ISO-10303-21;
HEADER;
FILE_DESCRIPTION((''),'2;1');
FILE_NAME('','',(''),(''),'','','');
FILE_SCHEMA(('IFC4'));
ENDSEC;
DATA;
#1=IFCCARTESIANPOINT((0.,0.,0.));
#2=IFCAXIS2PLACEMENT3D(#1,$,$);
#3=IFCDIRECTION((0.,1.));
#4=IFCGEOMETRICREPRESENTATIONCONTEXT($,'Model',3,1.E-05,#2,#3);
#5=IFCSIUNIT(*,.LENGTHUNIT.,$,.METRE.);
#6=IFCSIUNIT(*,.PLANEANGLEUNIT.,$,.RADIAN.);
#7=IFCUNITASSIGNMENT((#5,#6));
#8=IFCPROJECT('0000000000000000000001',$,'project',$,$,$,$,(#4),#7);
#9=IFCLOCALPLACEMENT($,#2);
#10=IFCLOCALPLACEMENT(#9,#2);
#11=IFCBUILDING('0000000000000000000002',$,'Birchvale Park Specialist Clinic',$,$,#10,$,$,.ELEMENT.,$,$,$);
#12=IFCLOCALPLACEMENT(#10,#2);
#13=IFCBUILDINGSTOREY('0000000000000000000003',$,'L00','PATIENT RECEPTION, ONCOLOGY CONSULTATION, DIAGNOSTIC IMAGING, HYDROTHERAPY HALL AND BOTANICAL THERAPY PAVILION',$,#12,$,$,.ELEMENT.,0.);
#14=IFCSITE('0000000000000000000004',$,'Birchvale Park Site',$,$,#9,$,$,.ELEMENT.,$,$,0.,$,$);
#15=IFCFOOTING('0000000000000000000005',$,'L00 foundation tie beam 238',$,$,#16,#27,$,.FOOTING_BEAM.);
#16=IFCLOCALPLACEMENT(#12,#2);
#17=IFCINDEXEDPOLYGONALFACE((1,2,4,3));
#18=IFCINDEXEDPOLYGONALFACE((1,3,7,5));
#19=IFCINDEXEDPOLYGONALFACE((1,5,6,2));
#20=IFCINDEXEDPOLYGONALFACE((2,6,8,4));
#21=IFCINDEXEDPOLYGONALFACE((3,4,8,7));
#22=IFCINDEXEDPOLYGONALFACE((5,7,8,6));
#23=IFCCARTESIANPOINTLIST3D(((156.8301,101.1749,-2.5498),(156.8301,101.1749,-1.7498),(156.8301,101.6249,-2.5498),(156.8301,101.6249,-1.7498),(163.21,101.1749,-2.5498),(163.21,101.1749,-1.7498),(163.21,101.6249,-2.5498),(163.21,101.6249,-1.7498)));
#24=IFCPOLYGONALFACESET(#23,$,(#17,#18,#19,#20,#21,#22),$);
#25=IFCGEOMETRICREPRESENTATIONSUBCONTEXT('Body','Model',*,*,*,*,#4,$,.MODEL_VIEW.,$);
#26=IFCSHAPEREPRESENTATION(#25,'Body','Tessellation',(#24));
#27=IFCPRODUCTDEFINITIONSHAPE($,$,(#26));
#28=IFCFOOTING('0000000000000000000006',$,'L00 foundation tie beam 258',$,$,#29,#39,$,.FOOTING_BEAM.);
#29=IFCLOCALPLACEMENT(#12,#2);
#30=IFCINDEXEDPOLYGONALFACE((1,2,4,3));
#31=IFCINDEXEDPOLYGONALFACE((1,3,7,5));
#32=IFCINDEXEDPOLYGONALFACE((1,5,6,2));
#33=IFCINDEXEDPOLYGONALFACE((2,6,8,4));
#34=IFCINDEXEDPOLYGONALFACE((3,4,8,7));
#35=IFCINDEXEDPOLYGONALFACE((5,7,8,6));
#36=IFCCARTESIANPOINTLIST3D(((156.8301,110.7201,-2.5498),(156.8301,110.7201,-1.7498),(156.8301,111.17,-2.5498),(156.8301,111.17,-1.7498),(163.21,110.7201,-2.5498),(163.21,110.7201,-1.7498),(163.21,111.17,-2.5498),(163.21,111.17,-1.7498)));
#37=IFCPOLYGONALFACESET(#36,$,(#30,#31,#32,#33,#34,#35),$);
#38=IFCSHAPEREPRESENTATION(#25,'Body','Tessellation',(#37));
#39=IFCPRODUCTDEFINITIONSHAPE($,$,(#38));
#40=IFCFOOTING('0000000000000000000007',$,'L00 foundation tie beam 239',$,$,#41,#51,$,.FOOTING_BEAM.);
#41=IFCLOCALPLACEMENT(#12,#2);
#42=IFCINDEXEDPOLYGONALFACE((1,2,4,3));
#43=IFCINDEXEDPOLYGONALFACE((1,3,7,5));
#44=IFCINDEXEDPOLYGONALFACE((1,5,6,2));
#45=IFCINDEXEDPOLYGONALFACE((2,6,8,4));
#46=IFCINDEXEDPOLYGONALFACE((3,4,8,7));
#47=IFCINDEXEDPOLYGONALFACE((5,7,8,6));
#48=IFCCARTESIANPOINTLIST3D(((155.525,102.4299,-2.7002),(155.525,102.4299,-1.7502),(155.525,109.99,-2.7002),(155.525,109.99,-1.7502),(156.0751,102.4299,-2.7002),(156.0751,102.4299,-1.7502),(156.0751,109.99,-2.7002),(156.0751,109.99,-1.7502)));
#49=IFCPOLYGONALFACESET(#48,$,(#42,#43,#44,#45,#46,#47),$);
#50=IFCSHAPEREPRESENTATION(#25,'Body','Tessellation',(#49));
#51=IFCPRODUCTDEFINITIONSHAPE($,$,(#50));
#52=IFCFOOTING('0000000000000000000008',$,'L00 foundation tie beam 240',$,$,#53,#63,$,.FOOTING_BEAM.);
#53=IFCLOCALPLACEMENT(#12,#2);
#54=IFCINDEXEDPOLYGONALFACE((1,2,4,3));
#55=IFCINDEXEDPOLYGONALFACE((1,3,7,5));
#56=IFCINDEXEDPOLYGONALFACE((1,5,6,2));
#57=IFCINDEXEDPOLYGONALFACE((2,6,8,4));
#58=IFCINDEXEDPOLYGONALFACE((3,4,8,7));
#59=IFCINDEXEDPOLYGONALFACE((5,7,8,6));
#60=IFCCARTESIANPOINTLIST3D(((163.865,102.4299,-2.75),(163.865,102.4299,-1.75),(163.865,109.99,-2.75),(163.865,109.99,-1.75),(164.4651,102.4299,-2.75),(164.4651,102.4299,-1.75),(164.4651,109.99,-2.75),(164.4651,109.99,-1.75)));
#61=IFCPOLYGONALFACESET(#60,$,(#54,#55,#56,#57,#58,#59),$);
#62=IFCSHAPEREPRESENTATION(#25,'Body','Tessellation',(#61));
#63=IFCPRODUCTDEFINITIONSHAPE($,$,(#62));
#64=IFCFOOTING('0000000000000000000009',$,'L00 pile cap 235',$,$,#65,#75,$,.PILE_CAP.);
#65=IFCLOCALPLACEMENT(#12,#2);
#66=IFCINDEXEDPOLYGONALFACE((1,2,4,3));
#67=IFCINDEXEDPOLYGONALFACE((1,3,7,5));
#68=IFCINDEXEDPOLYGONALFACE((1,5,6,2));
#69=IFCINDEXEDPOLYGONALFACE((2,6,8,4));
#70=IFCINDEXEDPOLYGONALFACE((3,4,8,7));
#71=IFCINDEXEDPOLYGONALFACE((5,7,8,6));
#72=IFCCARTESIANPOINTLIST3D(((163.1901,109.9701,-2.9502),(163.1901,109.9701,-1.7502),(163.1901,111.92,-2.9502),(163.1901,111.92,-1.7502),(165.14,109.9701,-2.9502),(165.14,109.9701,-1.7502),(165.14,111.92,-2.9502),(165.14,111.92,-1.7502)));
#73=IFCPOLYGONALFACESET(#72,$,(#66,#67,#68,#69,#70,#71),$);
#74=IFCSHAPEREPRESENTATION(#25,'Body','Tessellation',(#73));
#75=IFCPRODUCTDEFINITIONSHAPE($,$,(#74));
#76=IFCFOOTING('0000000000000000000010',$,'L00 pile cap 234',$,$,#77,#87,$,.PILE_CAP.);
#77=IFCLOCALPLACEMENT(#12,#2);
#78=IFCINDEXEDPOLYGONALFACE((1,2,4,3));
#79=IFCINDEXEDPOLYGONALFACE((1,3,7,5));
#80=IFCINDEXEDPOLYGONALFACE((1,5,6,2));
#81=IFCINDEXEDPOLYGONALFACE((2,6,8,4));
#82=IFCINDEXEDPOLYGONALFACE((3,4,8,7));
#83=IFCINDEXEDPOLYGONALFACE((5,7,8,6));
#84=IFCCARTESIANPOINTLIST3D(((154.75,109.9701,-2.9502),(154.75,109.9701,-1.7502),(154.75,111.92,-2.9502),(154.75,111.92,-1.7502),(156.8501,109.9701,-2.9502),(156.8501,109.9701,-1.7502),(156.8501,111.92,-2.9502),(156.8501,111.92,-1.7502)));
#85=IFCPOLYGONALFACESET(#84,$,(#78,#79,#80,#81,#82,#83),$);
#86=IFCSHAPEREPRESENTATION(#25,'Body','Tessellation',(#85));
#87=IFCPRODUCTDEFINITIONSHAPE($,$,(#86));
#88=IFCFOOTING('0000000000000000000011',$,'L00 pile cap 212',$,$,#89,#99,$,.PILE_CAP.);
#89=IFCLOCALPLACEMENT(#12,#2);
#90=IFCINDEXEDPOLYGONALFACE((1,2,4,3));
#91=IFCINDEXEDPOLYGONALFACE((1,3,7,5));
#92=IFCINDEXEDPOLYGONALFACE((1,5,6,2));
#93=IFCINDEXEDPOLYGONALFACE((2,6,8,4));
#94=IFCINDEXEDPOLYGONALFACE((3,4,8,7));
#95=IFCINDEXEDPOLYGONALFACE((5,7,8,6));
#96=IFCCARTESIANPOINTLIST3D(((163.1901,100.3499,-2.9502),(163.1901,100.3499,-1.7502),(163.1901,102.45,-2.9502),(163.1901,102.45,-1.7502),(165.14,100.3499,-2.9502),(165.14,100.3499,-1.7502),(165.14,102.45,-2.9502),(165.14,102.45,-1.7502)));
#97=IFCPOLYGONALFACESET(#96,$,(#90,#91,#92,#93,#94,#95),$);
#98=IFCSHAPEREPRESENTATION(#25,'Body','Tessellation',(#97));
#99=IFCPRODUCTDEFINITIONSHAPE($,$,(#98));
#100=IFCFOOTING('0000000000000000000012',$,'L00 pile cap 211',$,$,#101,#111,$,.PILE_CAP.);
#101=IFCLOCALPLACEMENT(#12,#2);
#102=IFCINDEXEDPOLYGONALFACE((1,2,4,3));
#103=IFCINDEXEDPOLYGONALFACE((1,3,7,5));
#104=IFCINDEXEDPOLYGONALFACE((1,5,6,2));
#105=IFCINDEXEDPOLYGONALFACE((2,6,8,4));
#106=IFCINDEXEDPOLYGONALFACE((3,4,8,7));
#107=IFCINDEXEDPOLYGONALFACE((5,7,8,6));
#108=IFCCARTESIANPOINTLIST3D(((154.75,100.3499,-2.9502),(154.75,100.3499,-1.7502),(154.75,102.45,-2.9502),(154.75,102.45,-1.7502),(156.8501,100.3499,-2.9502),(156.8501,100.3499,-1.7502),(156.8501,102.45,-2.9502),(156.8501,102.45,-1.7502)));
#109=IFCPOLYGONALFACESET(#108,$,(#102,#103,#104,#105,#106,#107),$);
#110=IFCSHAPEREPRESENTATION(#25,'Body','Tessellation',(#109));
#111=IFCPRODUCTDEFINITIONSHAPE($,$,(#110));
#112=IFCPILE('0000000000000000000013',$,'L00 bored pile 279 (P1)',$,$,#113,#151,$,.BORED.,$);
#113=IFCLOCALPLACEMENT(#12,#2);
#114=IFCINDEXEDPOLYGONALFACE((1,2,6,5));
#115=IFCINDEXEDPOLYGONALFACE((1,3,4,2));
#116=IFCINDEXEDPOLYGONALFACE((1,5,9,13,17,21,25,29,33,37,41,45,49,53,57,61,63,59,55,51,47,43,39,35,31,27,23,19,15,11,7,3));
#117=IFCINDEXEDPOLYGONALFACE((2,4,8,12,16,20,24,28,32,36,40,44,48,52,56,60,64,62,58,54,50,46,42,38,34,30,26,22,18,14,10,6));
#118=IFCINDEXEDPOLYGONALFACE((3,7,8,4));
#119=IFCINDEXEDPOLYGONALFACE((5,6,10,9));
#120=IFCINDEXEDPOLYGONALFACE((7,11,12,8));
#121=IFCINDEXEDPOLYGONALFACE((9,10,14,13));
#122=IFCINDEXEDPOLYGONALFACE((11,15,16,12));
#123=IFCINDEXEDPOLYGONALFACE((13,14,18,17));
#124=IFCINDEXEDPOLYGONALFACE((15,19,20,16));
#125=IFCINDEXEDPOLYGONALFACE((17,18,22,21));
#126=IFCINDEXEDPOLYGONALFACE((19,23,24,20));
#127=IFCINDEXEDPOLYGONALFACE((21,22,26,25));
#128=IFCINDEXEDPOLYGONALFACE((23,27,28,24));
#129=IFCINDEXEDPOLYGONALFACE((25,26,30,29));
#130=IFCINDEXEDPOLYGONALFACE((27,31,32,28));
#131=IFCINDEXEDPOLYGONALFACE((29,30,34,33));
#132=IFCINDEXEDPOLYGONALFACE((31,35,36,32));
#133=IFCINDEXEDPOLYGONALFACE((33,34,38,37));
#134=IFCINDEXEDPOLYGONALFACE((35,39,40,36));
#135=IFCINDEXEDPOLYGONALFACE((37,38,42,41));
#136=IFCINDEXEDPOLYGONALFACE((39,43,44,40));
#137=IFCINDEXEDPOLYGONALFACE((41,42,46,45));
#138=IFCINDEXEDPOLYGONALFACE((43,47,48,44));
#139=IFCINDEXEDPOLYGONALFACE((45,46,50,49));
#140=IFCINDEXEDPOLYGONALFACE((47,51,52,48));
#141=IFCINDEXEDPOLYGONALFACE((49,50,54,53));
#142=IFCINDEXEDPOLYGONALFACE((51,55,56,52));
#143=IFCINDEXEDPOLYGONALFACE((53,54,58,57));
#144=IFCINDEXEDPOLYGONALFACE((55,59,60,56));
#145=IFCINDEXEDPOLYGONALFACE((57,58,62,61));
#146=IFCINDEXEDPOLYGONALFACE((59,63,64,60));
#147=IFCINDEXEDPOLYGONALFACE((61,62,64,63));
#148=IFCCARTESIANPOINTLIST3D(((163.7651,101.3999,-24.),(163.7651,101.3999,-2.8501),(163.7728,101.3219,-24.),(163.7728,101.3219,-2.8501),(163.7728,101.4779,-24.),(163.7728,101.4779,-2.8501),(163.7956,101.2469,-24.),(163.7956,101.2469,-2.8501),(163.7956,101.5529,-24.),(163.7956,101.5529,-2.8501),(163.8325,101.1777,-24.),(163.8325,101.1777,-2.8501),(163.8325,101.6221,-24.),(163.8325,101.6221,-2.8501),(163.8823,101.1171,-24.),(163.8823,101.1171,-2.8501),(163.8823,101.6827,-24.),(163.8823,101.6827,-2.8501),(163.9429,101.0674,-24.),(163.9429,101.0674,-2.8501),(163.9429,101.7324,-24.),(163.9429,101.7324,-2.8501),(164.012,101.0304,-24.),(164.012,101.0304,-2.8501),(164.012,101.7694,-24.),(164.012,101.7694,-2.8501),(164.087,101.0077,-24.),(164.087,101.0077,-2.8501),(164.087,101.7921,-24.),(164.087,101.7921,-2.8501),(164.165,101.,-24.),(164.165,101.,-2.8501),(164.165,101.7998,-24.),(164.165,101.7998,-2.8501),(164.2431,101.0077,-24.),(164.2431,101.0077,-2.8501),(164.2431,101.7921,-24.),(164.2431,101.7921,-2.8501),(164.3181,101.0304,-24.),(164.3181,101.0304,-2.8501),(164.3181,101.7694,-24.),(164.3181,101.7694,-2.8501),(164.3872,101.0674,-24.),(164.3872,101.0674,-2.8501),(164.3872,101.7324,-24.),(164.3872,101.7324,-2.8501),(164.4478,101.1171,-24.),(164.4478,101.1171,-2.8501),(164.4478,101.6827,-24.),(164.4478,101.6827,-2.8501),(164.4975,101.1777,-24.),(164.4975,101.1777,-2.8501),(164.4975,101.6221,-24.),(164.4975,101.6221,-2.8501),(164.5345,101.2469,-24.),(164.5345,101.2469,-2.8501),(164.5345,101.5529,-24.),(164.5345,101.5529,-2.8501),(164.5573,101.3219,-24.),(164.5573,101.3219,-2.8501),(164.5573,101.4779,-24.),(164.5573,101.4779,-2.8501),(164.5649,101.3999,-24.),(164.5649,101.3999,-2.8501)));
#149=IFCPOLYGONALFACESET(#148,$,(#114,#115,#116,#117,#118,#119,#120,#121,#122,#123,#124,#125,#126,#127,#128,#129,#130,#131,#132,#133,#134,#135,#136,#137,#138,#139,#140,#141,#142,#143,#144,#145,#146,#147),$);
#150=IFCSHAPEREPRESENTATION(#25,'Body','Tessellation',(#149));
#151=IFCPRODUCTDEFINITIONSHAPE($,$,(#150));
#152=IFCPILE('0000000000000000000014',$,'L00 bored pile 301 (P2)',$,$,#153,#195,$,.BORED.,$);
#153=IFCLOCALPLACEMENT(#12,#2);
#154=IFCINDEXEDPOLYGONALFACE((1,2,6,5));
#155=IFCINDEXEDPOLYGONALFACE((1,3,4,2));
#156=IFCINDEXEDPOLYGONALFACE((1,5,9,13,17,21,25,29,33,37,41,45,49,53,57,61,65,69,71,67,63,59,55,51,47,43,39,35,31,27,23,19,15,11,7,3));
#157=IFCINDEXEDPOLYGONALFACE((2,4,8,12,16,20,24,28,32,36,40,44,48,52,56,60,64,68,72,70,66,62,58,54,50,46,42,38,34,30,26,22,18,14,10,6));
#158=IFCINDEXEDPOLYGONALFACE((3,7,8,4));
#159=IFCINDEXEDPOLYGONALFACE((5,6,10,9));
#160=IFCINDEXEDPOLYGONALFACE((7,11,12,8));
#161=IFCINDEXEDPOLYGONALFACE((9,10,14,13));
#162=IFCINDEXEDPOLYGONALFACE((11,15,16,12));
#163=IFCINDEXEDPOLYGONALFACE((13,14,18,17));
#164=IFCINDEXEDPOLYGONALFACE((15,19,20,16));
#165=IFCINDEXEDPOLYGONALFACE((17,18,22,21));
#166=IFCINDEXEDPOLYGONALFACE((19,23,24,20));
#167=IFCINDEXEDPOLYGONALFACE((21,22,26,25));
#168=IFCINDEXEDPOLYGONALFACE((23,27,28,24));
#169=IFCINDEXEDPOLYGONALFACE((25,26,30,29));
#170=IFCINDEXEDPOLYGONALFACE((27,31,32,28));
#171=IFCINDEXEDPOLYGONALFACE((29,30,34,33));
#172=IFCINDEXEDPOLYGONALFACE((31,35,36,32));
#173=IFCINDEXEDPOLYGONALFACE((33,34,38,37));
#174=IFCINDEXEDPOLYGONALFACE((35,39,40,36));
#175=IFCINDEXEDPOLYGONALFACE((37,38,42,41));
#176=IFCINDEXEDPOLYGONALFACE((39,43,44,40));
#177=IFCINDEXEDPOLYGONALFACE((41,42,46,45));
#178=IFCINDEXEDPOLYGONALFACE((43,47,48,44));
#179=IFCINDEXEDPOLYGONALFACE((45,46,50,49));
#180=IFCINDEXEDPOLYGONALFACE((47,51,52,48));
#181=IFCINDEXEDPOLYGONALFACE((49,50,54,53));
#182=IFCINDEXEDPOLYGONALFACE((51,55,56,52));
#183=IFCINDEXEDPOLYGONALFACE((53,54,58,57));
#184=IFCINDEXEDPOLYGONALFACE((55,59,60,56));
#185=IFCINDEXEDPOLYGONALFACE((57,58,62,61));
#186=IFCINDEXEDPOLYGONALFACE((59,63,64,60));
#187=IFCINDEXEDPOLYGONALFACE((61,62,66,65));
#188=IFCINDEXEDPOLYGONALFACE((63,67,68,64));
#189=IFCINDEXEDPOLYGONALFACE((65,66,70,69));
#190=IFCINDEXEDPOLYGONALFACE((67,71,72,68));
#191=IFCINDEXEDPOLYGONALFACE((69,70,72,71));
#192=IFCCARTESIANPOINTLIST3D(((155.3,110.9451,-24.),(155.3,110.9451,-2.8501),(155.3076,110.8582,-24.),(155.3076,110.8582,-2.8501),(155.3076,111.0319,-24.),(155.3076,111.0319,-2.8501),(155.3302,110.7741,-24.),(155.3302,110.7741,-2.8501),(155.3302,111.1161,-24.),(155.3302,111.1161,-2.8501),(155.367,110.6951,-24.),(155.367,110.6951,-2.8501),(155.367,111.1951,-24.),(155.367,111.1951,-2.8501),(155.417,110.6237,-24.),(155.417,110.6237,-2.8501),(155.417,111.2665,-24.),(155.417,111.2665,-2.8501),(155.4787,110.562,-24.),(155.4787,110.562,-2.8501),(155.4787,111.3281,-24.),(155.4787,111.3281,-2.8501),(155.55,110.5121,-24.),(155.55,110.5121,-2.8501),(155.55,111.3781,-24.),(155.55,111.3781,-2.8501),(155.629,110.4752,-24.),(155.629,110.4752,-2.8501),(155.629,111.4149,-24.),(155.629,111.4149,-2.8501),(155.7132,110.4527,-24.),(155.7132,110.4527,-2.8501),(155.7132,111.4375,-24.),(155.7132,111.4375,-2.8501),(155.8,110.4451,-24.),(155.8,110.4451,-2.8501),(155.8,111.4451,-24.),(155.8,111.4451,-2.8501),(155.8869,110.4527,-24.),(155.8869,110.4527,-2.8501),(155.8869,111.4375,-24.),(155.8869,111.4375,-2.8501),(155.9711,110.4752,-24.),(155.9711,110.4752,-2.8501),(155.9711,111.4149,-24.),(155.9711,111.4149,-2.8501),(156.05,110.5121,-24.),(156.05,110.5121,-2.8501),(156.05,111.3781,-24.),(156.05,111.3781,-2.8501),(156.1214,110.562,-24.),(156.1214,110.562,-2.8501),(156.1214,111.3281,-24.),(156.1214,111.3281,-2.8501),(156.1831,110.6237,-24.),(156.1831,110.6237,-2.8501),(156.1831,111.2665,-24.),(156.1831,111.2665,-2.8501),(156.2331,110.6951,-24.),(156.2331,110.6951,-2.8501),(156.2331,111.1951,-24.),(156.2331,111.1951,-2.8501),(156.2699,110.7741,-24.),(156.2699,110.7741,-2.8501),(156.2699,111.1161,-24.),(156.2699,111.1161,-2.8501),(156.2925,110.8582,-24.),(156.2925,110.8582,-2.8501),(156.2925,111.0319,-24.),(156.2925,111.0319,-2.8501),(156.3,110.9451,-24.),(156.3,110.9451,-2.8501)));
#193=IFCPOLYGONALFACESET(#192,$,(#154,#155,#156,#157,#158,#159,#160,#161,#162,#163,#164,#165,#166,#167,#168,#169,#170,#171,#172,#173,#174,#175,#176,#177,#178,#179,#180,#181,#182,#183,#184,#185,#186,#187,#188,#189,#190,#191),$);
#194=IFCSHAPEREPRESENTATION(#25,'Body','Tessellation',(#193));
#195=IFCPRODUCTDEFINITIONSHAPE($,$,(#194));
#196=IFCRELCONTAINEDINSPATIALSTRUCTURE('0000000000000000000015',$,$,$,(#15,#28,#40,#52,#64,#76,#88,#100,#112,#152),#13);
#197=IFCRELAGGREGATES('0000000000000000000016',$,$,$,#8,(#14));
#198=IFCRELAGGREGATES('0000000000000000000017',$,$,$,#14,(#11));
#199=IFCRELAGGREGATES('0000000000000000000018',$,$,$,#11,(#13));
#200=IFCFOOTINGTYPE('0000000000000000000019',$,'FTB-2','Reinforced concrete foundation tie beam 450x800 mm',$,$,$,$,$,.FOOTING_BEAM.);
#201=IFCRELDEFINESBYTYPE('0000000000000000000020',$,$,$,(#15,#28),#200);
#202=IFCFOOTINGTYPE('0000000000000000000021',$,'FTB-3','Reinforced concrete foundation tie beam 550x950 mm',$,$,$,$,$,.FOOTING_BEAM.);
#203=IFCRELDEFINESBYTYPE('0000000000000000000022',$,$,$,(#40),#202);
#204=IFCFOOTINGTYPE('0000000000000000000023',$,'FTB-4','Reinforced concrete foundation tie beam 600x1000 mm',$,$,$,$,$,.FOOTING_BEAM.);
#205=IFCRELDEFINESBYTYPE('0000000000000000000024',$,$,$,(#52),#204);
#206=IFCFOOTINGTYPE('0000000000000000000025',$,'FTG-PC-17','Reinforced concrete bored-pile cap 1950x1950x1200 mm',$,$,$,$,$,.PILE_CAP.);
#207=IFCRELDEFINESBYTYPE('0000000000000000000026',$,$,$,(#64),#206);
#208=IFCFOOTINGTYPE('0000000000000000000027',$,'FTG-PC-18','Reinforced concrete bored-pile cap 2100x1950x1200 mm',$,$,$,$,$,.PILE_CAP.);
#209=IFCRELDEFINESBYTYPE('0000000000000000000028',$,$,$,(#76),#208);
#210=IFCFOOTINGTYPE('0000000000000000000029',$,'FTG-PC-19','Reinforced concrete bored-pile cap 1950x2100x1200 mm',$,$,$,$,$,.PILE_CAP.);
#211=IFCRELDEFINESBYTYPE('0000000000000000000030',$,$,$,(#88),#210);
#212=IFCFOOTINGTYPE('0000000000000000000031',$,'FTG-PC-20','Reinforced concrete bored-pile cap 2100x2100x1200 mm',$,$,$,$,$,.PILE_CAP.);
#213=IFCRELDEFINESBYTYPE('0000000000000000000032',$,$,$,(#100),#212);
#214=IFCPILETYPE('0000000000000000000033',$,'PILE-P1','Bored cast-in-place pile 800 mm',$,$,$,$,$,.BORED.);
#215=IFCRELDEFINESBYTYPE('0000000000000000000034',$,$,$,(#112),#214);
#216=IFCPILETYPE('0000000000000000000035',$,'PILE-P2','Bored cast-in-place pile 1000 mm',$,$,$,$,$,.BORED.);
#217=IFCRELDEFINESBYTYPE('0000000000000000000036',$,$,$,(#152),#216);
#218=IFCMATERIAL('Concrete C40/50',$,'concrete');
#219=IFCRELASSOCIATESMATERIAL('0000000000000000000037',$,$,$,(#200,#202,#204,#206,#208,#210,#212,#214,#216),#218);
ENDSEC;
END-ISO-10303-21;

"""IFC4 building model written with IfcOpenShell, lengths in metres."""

from ifc_helpers import new_model, si_unit, direction, frame, origin, origin_2d, place, context, subcontext, project, spatial, rectangle, circle, extrude, material, material_profile, profile_set, type_object, element, save


model = new_model("IFC4")

# Units and contexts
model_context = context("Model", 3, precision=1e-05, world=origin(), true_north=direction((0.0, 1.0)))
body_context = subcontext(model_context, "Body", "Model", "MODEL_VIEW")
ifc_project = project(units=[si_unit("LENGTHUNIT", "METRE"), si_unit("PLANEANGLEUNIT", "RADIAN")], contexts=[model_context])

# Site, building, storey
site_placement = place(None, origin())
site = spatial("IfcSite", under=ifc_project, at=site_placement, Name="Birchvale Park Site", CompositionType="ELEMENT", RefElevation=0.0)
building_placement = place(site_placement, origin())
building = spatial("IfcBuilding", under=site, at=building_placement, Name="Birchvale Park Specialist Clinic", CompositionType="ELEMENT")
storey_placement = place(building_placement, origin())
storey = spatial("IfcBuildingStorey", under=building, at=storey_placement, Name="L00", Description="PATIENT RECEPTION, ONCOLOGY CONSULTATION, DIAGNOSTIC IMAGING, HYDROTHERAPY HALL AND BOTANICAL THERAPY PAVILION", CompositionType="ELEMENT", Elevation=0.0)

# Footings
ifc_material_1 = material(Name="Concrete C40/50", Category="concrete")
footing_type_1 = type_object("IfcFootingType", Name="FTB-2", Description="Reinforced concrete foundation tie beam 450x800 mm", PredefinedType="FOOTING_BEAM", material=ifc_material_1)
for number, where, z_axis, x_axis, name in (
    (1, (160.02, 101.3999, -2.5498), (0.0, 0.0, 1.0), (1.0, 0.0, 0.0), "L00 foundation tie beam 238"),
    (2, (160.02, 110.9451, -2.5498), (0.0, 0.0, 1.0), (1.0, 0.0, 0.0), "L00 foundation tie beam 258"),
):
    element("IfcFooting", number, at=place(storey_placement, frame(where, z_axis=z_axis, x_axis=x_axis)), inside=storey, type_object=footing_type_1, Name=name, PredefinedType="FOOTING_BEAM", context=body_context, shape_type="SweptSolid", body=[
        extrude(rectangle(XDim=6.3799, YDim=0.45, at=origin_2d()), origin(), (0.0, 0.0, 1.0), 0.8),
    ])
footing_type_2 = type_object("IfcFootingType", Name="FTB-3", Description="Reinforced concrete foundation tie beam 550x950 mm", PredefinedType="FOOTING_BEAM", material=ifc_material_1)
footing_1_placement = place(storey_placement, frame((155.8, 106.21, -2.7002), z_axis=(0.0, 0.0, 1.0), x_axis=(1.0, 0.0, 0.0)))
element("IfcFooting", 3, at=footing_1_placement, inside=storey, type_object=footing_type_2, Name="L00 foundation tie beam 239", PredefinedType="FOOTING_BEAM", context=body_context, shape_type="SweptSolid", body=[
    extrude(rectangle(XDim=0.55, YDim=7.5601, at=origin_2d()), origin(), (0.0, 0.0, 1.0), 0.95),
])
footing_type_3 = type_object("IfcFootingType", Name="FTB-4", Description="Reinforced concrete foundation tie beam 600x1000 mm", PredefinedType="FOOTING_BEAM", material=ifc_material_1)
footing_2_placement = place(storey_placement, frame((164.165, 106.21, -2.75), z_axis=(0.0, 0.0, 1.0), x_axis=(1.0, 0.0, 0.0)))
element("IfcFooting", 4, at=footing_2_placement, inside=storey, type_object=footing_type_3, Name="L00 foundation tie beam 240", PredefinedType="FOOTING_BEAM", context=body_context, shape_type="SweptSolid", body=[
    extrude(rectangle(XDim=0.6001, YDim=7.5601, at=origin_2d()), origin(), (0.0, 0.0, 1.0), 1.0),
])
footing_type_4 = type_object("IfcFootingType", Name="FTG-PC-17", Description="Reinforced concrete bored-pile cap 1950x1950x1200 mm", PredefinedType="PILE_CAP", material=ifc_material_1)
footing_3_placement = place(storey_placement, frame((164.165, 110.9451, -2.9502), z_axis=(0.0, 0.0, 1.0), x_axis=(1.0, 0.0, 0.0)))
element("IfcFooting", 5, at=footing_3_placement, inside=storey, type_object=footing_type_4, Name="L00 pile cap 235", PredefinedType="PILE_CAP", context=body_context, shape_type="SweptSolid", body=[
    extrude(rectangle(XDim=1.95, YDim=1.95, at=origin_2d()), origin(), (0.0, 0.0, 1.0), 1.2),
])
footing_type_5 = type_object("IfcFootingType", Name="FTG-PC-18", Description="Reinforced concrete bored-pile cap 2100x1950x1200 mm", PredefinedType="PILE_CAP", material=ifc_material_1)
footing_4_placement = place(storey_placement, frame((155.8, 110.9451, -2.9502), z_axis=(0.0, 0.0, 1.0), x_axis=(1.0, 0.0, 0.0)))
element("IfcFooting", 6, at=footing_4_placement, inside=storey, type_object=footing_type_5, Name="L00 pile cap 234", PredefinedType="PILE_CAP", context=body_context, shape_type="SweptSolid", body=[
    extrude(rectangle(XDim=2.1001, YDim=1.95, at=origin_2d()), origin(), (0.0, 0.0, 1.0), 1.2),
])
footing_type_6 = type_object("IfcFootingType", Name="FTG-PC-19", Description="Reinforced concrete bored-pile cap 1950x2100x1200 mm", PredefinedType="PILE_CAP", material=ifc_material_1)
footing_5_placement = place(storey_placement, frame((164.165, 101.3999, -2.9502), z_axis=(0.0, 0.0, 1.0), x_axis=(1.0, 0.0, 0.0)))
element("IfcFooting", 7, at=footing_5_placement, inside=storey, type_object=footing_type_6, Name="L00 pile cap 212", PredefinedType="PILE_CAP", context=body_context, shape_type="SweptSolid", body=[
    extrude(rectangle(XDim=1.95, YDim=2.1001, at=origin_2d()), origin(), (0.0, 0.0, 1.0), 1.2),
])
footing_type_7 = type_object("IfcFootingType", Name="FTG-PC-20", Description="Reinforced concrete bored-pile cap 2100x2100x1200 mm", PredefinedType="PILE_CAP", material=ifc_material_1)
footing_6_placement = place(storey_placement, frame((155.8, 101.3999, -2.9502), z_axis=(0.0, 0.0, 1.0), x_axis=(1.0, 0.0, 0.0)))
element("IfcFooting", 8, at=footing_6_placement, inside=storey, type_object=footing_type_7, Name="L00 pile cap 211", PredefinedType="PILE_CAP", context=body_context, shape_type="SweptSolid", body=[
    extrude(rectangle(XDim=2.1001, YDim=2.1001, at=origin_2d()), origin(), (0.0, 0.0, 1.0), 1.2),
])

# Piles
ifc_material_profile_1 = material_profile(ifc_material_1, circle(Radius=0.3999, at=origin_2d()), Name="PILE-800")
ifc_profile_set_1 = profile_set([ifc_material_profile_1], Name="Concrete C40/50")
pile_type_1 = type_object("IfcPileType", Name="PILE-P1", Description="Bored cast-in-place pile 800 mm", PredefinedType="BORED", material=ifc_profile_set_1)
pile_1_placement = place(storey_placement, frame((164.165, 101.3999, -2.8501), z_axis=(0.0, 0.0, -1.0), x_axis=(1.0, 0.0, 0.0)))
element("IfcPile", 9, at=pile_1_placement, inside=storey, type_object=pile_type_1, Name="L00 bored pile 279 (P1)", PredefinedType="BORED", context=body_context, shape_type="SweptSolid", body=[
    extrude(circle(Radius=0.3999, at=origin_2d()), origin(), (0.0, 0.0, 1.0), 21.1499),
])
ifc_material_profile_2 = material_profile(ifc_material_1, circle(Radius=0.5, at=origin_2d()), Name="PILE-1000")
ifc_profile_set_2 = profile_set([ifc_material_profile_2], Name="Concrete C40/50")
pile_type_2 = type_object("IfcPileType", Name="PILE-P2", Description="Bored cast-in-place pile 1000 mm", PredefinedType="BORED", material=ifc_profile_set_2)
pile_2_placement = place(storey_placement, frame((155.8, 110.9451, -2.8501), z_axis=(0.0, 0.0, -1.0), x_axis=(1.0, 0.0, 0.0)))
element("IfcPile", 10, at=pile_2_placement, inside=storey, type_object=pile_type_2, Name="L00 bored pile 301 (P2)", PredefinedType="BORED", context=body_context, shape_type="SweptSolid", body=[
    extrude(circle(Radius=0.5, at=origin_2d()), origin(), (0.0, 0.0, 1.0), 21.1499),
])

save(model, "model.ifc")
